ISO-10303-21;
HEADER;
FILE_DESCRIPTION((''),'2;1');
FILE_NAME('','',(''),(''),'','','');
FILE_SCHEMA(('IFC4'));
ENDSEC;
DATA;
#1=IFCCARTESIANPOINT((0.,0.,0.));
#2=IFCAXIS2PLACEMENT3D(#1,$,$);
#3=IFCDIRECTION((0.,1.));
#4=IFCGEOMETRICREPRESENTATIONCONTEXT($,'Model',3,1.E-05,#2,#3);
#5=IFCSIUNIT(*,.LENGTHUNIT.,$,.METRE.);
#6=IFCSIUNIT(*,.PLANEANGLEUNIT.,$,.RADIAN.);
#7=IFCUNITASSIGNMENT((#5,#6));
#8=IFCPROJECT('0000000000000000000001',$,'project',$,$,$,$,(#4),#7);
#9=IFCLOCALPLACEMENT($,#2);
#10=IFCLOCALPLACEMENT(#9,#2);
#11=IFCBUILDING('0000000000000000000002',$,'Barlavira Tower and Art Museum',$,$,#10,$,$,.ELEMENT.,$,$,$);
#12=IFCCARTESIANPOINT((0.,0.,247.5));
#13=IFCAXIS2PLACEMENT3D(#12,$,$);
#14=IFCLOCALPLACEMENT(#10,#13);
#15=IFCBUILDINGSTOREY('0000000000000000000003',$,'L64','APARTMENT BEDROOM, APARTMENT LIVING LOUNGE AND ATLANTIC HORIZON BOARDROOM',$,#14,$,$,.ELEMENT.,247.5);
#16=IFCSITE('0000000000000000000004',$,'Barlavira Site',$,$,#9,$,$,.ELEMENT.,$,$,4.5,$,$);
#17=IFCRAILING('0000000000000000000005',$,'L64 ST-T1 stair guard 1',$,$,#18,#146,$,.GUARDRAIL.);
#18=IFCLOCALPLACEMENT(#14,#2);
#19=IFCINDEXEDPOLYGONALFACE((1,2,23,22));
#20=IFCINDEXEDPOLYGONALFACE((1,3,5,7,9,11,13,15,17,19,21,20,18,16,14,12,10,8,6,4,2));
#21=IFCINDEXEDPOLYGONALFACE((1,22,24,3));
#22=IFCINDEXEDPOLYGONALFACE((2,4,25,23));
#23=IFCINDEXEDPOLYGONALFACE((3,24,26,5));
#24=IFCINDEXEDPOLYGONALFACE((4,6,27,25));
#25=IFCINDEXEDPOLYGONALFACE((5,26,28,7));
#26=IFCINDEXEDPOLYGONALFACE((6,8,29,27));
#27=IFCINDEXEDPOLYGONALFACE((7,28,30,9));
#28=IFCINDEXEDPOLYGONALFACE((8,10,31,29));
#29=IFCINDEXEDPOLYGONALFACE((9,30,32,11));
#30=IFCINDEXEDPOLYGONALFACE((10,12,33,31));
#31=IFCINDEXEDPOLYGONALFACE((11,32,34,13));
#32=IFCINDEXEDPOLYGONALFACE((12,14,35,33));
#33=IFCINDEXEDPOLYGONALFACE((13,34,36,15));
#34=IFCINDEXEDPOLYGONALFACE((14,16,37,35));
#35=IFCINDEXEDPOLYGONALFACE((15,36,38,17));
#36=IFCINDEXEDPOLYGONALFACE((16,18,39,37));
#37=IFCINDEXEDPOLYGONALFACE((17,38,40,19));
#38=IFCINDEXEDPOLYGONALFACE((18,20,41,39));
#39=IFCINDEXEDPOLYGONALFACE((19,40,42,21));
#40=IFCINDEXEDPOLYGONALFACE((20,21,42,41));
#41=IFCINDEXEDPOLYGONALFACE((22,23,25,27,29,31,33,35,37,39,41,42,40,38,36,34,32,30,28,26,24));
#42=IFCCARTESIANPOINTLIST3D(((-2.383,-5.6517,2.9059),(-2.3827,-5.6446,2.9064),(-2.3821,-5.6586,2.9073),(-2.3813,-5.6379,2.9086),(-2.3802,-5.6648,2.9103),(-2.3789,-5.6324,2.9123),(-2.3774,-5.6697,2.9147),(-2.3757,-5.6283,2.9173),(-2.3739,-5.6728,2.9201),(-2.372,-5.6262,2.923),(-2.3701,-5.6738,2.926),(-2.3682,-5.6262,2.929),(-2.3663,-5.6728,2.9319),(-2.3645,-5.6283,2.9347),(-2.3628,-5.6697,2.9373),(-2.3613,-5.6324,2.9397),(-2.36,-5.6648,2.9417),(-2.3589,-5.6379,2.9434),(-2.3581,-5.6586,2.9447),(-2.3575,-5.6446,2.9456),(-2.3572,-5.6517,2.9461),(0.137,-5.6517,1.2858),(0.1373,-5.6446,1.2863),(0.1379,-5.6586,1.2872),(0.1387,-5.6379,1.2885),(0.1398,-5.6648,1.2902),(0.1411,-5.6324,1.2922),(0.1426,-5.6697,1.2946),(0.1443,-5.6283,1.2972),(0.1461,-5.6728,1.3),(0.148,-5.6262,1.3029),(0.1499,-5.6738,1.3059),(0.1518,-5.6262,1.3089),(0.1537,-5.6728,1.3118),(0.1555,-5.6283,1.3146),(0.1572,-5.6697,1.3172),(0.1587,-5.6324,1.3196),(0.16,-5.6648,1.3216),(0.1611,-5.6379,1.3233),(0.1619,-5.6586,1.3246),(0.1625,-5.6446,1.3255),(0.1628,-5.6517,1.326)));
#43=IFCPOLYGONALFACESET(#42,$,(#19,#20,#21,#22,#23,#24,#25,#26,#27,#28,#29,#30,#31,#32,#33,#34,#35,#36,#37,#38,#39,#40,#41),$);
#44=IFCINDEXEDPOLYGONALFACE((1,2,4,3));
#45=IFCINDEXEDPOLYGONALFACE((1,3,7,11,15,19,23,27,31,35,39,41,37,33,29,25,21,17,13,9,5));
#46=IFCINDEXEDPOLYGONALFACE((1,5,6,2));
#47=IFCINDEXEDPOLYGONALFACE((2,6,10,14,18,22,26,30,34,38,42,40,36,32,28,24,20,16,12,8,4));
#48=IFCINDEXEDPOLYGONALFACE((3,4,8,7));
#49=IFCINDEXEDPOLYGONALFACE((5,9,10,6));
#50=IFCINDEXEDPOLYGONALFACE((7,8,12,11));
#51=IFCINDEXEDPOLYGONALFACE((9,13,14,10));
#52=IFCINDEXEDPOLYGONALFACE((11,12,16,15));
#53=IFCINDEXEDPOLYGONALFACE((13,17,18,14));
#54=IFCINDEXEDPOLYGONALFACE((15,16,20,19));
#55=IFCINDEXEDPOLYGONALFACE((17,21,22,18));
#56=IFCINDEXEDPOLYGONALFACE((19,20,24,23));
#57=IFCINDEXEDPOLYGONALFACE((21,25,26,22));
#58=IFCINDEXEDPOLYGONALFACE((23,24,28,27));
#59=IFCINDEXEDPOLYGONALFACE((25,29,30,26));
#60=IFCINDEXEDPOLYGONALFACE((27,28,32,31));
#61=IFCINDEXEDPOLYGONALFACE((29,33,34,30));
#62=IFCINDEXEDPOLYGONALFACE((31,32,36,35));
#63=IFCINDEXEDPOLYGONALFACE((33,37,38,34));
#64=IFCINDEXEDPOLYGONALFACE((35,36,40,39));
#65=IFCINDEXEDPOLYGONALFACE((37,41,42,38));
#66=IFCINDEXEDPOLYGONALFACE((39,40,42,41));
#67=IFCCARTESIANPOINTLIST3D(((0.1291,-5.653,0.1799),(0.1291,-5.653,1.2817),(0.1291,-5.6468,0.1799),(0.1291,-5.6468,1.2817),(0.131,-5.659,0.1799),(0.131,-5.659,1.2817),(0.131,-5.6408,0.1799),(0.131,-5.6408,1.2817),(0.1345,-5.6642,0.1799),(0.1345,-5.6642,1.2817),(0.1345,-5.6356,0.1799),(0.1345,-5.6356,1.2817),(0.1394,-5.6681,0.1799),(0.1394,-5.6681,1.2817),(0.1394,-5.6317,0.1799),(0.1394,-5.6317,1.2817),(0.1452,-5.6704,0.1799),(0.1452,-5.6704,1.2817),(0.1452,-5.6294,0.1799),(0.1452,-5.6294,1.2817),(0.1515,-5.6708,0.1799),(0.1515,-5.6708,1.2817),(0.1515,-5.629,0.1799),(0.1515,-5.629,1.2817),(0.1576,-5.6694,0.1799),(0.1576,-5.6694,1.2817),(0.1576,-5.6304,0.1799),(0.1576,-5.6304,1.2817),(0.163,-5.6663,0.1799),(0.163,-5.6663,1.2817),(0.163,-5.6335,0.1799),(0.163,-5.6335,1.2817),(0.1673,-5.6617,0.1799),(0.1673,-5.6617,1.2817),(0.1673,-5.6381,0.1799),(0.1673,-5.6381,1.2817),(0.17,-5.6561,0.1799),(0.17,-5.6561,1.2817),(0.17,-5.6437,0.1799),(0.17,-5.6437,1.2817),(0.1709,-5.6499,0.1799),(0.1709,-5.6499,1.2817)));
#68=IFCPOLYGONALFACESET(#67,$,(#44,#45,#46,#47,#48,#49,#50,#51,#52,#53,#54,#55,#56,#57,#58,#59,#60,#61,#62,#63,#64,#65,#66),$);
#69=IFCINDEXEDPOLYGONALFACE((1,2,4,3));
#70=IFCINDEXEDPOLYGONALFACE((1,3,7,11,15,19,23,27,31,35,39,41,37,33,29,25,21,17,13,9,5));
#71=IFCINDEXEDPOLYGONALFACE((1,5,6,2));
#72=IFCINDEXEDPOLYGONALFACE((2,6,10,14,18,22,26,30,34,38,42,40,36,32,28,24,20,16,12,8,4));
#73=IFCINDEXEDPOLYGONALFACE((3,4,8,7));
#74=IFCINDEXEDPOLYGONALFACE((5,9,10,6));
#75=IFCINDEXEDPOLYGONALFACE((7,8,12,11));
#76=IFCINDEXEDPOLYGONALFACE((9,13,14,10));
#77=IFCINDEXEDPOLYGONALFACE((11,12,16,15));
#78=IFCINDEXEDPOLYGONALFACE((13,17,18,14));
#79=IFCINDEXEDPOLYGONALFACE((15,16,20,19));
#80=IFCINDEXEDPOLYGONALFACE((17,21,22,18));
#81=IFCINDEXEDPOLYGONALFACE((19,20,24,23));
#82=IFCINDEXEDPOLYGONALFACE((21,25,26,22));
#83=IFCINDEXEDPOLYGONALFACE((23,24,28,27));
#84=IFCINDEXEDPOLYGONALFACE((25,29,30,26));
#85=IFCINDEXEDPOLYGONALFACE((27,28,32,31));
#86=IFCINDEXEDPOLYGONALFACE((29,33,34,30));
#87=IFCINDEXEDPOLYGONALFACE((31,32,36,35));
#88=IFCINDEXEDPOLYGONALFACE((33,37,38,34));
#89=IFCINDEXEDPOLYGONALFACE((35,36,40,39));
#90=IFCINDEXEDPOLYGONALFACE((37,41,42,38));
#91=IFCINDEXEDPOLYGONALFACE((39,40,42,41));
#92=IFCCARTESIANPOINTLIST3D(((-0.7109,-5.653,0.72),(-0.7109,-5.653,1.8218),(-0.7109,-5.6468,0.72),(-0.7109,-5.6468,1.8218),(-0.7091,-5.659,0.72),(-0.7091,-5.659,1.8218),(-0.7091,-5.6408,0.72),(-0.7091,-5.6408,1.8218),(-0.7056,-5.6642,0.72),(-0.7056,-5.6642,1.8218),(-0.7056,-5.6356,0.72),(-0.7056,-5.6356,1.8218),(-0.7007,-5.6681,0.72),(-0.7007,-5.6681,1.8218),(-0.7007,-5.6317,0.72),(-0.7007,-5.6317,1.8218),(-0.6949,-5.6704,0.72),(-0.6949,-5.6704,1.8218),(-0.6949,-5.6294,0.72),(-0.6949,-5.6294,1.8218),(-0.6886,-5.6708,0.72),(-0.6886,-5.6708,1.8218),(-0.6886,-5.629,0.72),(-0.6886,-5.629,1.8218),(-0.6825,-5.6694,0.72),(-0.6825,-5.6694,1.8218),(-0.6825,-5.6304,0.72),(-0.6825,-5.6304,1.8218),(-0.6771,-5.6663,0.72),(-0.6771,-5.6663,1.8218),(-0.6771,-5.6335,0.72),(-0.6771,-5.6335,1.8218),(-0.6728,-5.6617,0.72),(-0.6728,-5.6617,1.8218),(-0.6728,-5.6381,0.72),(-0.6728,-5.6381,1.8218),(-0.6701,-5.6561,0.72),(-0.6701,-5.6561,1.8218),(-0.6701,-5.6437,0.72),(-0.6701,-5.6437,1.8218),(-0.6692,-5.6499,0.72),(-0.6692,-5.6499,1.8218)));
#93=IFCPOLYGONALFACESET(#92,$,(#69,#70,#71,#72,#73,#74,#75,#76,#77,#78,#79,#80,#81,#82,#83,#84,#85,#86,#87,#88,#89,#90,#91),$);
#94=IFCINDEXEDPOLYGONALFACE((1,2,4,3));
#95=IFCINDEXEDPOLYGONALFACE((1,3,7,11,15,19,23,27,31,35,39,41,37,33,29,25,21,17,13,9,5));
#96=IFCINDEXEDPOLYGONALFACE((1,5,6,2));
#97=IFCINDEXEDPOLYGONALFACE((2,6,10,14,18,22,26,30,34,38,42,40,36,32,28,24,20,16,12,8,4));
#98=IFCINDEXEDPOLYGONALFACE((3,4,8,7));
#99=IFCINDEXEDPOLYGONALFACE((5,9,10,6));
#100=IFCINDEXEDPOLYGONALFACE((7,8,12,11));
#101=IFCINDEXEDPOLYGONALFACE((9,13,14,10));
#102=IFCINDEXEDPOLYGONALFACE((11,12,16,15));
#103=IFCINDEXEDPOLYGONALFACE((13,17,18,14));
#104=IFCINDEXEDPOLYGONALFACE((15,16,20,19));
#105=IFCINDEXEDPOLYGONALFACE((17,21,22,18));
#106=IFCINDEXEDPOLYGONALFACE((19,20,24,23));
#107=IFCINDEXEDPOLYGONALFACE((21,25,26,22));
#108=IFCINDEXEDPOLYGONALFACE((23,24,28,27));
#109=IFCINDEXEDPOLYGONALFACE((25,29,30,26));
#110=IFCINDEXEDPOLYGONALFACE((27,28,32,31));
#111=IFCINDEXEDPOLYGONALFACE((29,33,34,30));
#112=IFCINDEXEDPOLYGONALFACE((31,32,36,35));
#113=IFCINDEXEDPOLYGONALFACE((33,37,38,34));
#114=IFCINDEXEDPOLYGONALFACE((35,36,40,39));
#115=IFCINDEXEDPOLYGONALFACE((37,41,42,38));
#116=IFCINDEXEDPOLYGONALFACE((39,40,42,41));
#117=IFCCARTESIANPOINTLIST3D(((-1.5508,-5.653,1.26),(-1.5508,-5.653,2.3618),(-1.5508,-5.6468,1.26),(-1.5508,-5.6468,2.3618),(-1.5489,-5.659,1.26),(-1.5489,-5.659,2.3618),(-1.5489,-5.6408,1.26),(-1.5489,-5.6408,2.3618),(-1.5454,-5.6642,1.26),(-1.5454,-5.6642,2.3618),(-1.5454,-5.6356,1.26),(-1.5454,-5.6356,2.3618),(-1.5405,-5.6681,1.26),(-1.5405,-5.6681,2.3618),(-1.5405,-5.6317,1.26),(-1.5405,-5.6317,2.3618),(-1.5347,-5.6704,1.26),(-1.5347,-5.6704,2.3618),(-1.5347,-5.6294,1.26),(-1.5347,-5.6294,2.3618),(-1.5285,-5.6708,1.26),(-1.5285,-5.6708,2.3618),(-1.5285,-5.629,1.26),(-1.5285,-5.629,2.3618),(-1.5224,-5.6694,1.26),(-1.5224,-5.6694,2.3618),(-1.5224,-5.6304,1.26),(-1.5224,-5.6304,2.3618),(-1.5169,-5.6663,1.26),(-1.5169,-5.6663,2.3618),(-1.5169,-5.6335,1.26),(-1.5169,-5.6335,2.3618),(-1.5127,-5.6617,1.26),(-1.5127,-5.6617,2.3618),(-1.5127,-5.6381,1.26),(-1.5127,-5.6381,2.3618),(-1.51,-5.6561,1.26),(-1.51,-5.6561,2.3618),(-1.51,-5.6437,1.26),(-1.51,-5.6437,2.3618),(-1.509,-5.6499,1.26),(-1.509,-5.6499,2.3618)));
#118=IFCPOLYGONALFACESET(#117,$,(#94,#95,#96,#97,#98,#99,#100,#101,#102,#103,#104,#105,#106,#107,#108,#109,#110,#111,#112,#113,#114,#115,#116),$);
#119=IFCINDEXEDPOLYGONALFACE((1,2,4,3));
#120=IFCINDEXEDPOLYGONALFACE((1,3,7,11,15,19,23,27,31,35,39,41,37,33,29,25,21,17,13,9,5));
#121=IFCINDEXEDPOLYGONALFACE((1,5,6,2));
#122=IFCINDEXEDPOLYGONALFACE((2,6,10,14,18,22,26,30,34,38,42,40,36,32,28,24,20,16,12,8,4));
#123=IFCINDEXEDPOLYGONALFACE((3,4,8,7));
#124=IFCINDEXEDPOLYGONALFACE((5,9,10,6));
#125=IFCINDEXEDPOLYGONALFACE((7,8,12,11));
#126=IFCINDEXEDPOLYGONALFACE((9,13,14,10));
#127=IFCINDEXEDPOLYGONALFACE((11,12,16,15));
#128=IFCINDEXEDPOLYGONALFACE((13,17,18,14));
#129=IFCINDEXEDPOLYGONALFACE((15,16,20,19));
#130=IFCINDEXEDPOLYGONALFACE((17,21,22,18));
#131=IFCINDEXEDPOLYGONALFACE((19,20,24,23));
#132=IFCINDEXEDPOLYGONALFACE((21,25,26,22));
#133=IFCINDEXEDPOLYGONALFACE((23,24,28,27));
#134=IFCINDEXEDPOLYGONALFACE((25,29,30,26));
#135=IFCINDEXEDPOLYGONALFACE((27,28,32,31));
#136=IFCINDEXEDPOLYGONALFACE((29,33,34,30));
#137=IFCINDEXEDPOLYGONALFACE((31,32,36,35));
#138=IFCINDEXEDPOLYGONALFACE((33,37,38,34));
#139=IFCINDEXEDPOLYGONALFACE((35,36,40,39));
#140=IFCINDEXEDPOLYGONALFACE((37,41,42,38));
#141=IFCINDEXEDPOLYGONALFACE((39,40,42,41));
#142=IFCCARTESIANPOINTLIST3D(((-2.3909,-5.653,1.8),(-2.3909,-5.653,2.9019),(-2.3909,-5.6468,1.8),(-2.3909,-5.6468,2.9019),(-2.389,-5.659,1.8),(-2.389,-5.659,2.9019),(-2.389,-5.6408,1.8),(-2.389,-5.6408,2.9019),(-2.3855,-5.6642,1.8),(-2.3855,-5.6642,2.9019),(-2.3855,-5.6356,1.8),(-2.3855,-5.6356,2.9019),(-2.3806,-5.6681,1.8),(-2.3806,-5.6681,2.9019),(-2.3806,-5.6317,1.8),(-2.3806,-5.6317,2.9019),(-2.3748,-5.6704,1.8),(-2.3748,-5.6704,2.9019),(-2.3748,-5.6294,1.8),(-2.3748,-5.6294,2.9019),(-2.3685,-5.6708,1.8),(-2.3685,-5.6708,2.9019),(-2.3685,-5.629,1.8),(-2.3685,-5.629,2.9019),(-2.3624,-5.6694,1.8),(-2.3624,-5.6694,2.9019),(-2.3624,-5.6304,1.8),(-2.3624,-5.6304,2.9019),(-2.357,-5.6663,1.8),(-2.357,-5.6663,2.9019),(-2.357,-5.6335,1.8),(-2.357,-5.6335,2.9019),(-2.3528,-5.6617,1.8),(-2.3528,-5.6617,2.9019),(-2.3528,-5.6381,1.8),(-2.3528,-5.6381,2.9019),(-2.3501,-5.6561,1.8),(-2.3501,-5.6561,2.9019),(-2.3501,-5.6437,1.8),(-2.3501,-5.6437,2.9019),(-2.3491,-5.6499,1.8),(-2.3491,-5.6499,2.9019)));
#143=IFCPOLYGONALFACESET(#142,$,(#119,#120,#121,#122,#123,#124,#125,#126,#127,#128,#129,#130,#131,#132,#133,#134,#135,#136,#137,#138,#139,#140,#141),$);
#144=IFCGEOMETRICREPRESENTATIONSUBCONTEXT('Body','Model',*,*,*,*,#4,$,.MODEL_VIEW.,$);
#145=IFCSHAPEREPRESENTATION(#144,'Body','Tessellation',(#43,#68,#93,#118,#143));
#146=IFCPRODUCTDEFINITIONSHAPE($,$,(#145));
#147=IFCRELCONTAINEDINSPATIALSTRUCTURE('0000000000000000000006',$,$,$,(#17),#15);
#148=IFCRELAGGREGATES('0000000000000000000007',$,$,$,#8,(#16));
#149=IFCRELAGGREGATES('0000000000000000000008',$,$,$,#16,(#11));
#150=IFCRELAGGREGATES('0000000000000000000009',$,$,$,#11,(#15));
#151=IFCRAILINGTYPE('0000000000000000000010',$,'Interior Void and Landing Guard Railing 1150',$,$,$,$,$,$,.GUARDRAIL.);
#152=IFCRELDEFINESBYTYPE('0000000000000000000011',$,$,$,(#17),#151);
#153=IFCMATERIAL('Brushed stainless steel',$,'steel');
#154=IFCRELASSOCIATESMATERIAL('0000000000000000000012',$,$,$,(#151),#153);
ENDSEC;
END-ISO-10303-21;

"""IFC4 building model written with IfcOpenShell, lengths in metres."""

from ifc_helpers import new_model, si_unit, direction, frame, origin, origin_2d, place, context, subcontext, project, spatial, circle, extrude, material, type_object, element, save


model = new_model("IFC4")

# Units and contexts
model_context = context("Model", 3, precision=1e-05, world=origin(), true_north=direction((0.0, 1.0)))
body_context = subcontext(model_context, "Body", "Model", "MODEL_VIEW")
ifc_project = project(units=[si_unit("LENGTHUNIT", "METRE"), si_unit("PLANEANGLEUNIT", "RADIAN")], contexts=[model_context])

# Site, building, storey
site_placement = place(None, origin())
site = spatial("IfcSite", under=ifc_project, at=site_placement, Name="Barlavira Site", CompositionType="ELEMENT", RefElevation=4.5)
building_placement = place(site_placement, origin())
building = spatial("IfcBuilding", under=site, at=building_placement, Name="Barlavira Tower and Art Museum", CompositionType="ELEMENT")
storey_placement = place(building_placement, frame((0.0, 0.0, 247.5)))
storey = spatial("IfcBuildingStorey", under=building, at=storey_placement, Name="L64", Description="APARTMENT BEDROOM, APARTMENT LIVING LOUNGE AND ATLANTIC HORIZON BOARDROOM", CompositionType="ELEMENT", Elevation=247.5)

# Shared definitions
ifc_material_1 = material(Name="Brushed stainless steel", Category="steel")

# Railing
railing_type_1 = type_object("IfcRailingType", Name="Interior Void and Landing Guard Railing 1150", PredefinedType="GUARDRAIL", material=ifc_material_1)
railing_1_placement = place(storey_placement, frame((0.1499, -5.6499, 0.1799)))
element("IfcRailing", 1, at=railing_1_placement, inside=storey, type_object=railing_type_1, Name="L64 ST-T1 stair guard 1", PredefinedType="GUARDRAIL", context=body_context, shape_type="SweptSolid", body=[
    extrude(circle(Radius=0.0239, at=origin_2d()), frame((0.0, 0.0, 1.126), z_axis=(-0.841163, 0.0, 0.540782), x_axis=(0.0, -1.0, 0.0)), (0.0, 0.0, 1.0), 2.9958),
    extrude(circle(Radius=0.021, at=origin_2d()), origin(), (0.0, 0.0, 1.0), 1.1018),
    extrude(circle(Radius=0.021, at=origin_2d()), frame((-0.8401, 0.0, 0.54)), (0.0, 0.0, 1.0), 1.1018),
    extrude(circle(Radius=0.021, at=origin_2d()), frame((-1.6799, 0.0, 1.0801)), (0.0, 0.0, 1.0), 1.1018),
    extrude(circle(Radius=0.021, at=origin_2d()), frame((-2.52, 0.0, 1.6201)), (0.0, 0.0, 1.0), 1.1018),
])

save(model, "model.ifc")
